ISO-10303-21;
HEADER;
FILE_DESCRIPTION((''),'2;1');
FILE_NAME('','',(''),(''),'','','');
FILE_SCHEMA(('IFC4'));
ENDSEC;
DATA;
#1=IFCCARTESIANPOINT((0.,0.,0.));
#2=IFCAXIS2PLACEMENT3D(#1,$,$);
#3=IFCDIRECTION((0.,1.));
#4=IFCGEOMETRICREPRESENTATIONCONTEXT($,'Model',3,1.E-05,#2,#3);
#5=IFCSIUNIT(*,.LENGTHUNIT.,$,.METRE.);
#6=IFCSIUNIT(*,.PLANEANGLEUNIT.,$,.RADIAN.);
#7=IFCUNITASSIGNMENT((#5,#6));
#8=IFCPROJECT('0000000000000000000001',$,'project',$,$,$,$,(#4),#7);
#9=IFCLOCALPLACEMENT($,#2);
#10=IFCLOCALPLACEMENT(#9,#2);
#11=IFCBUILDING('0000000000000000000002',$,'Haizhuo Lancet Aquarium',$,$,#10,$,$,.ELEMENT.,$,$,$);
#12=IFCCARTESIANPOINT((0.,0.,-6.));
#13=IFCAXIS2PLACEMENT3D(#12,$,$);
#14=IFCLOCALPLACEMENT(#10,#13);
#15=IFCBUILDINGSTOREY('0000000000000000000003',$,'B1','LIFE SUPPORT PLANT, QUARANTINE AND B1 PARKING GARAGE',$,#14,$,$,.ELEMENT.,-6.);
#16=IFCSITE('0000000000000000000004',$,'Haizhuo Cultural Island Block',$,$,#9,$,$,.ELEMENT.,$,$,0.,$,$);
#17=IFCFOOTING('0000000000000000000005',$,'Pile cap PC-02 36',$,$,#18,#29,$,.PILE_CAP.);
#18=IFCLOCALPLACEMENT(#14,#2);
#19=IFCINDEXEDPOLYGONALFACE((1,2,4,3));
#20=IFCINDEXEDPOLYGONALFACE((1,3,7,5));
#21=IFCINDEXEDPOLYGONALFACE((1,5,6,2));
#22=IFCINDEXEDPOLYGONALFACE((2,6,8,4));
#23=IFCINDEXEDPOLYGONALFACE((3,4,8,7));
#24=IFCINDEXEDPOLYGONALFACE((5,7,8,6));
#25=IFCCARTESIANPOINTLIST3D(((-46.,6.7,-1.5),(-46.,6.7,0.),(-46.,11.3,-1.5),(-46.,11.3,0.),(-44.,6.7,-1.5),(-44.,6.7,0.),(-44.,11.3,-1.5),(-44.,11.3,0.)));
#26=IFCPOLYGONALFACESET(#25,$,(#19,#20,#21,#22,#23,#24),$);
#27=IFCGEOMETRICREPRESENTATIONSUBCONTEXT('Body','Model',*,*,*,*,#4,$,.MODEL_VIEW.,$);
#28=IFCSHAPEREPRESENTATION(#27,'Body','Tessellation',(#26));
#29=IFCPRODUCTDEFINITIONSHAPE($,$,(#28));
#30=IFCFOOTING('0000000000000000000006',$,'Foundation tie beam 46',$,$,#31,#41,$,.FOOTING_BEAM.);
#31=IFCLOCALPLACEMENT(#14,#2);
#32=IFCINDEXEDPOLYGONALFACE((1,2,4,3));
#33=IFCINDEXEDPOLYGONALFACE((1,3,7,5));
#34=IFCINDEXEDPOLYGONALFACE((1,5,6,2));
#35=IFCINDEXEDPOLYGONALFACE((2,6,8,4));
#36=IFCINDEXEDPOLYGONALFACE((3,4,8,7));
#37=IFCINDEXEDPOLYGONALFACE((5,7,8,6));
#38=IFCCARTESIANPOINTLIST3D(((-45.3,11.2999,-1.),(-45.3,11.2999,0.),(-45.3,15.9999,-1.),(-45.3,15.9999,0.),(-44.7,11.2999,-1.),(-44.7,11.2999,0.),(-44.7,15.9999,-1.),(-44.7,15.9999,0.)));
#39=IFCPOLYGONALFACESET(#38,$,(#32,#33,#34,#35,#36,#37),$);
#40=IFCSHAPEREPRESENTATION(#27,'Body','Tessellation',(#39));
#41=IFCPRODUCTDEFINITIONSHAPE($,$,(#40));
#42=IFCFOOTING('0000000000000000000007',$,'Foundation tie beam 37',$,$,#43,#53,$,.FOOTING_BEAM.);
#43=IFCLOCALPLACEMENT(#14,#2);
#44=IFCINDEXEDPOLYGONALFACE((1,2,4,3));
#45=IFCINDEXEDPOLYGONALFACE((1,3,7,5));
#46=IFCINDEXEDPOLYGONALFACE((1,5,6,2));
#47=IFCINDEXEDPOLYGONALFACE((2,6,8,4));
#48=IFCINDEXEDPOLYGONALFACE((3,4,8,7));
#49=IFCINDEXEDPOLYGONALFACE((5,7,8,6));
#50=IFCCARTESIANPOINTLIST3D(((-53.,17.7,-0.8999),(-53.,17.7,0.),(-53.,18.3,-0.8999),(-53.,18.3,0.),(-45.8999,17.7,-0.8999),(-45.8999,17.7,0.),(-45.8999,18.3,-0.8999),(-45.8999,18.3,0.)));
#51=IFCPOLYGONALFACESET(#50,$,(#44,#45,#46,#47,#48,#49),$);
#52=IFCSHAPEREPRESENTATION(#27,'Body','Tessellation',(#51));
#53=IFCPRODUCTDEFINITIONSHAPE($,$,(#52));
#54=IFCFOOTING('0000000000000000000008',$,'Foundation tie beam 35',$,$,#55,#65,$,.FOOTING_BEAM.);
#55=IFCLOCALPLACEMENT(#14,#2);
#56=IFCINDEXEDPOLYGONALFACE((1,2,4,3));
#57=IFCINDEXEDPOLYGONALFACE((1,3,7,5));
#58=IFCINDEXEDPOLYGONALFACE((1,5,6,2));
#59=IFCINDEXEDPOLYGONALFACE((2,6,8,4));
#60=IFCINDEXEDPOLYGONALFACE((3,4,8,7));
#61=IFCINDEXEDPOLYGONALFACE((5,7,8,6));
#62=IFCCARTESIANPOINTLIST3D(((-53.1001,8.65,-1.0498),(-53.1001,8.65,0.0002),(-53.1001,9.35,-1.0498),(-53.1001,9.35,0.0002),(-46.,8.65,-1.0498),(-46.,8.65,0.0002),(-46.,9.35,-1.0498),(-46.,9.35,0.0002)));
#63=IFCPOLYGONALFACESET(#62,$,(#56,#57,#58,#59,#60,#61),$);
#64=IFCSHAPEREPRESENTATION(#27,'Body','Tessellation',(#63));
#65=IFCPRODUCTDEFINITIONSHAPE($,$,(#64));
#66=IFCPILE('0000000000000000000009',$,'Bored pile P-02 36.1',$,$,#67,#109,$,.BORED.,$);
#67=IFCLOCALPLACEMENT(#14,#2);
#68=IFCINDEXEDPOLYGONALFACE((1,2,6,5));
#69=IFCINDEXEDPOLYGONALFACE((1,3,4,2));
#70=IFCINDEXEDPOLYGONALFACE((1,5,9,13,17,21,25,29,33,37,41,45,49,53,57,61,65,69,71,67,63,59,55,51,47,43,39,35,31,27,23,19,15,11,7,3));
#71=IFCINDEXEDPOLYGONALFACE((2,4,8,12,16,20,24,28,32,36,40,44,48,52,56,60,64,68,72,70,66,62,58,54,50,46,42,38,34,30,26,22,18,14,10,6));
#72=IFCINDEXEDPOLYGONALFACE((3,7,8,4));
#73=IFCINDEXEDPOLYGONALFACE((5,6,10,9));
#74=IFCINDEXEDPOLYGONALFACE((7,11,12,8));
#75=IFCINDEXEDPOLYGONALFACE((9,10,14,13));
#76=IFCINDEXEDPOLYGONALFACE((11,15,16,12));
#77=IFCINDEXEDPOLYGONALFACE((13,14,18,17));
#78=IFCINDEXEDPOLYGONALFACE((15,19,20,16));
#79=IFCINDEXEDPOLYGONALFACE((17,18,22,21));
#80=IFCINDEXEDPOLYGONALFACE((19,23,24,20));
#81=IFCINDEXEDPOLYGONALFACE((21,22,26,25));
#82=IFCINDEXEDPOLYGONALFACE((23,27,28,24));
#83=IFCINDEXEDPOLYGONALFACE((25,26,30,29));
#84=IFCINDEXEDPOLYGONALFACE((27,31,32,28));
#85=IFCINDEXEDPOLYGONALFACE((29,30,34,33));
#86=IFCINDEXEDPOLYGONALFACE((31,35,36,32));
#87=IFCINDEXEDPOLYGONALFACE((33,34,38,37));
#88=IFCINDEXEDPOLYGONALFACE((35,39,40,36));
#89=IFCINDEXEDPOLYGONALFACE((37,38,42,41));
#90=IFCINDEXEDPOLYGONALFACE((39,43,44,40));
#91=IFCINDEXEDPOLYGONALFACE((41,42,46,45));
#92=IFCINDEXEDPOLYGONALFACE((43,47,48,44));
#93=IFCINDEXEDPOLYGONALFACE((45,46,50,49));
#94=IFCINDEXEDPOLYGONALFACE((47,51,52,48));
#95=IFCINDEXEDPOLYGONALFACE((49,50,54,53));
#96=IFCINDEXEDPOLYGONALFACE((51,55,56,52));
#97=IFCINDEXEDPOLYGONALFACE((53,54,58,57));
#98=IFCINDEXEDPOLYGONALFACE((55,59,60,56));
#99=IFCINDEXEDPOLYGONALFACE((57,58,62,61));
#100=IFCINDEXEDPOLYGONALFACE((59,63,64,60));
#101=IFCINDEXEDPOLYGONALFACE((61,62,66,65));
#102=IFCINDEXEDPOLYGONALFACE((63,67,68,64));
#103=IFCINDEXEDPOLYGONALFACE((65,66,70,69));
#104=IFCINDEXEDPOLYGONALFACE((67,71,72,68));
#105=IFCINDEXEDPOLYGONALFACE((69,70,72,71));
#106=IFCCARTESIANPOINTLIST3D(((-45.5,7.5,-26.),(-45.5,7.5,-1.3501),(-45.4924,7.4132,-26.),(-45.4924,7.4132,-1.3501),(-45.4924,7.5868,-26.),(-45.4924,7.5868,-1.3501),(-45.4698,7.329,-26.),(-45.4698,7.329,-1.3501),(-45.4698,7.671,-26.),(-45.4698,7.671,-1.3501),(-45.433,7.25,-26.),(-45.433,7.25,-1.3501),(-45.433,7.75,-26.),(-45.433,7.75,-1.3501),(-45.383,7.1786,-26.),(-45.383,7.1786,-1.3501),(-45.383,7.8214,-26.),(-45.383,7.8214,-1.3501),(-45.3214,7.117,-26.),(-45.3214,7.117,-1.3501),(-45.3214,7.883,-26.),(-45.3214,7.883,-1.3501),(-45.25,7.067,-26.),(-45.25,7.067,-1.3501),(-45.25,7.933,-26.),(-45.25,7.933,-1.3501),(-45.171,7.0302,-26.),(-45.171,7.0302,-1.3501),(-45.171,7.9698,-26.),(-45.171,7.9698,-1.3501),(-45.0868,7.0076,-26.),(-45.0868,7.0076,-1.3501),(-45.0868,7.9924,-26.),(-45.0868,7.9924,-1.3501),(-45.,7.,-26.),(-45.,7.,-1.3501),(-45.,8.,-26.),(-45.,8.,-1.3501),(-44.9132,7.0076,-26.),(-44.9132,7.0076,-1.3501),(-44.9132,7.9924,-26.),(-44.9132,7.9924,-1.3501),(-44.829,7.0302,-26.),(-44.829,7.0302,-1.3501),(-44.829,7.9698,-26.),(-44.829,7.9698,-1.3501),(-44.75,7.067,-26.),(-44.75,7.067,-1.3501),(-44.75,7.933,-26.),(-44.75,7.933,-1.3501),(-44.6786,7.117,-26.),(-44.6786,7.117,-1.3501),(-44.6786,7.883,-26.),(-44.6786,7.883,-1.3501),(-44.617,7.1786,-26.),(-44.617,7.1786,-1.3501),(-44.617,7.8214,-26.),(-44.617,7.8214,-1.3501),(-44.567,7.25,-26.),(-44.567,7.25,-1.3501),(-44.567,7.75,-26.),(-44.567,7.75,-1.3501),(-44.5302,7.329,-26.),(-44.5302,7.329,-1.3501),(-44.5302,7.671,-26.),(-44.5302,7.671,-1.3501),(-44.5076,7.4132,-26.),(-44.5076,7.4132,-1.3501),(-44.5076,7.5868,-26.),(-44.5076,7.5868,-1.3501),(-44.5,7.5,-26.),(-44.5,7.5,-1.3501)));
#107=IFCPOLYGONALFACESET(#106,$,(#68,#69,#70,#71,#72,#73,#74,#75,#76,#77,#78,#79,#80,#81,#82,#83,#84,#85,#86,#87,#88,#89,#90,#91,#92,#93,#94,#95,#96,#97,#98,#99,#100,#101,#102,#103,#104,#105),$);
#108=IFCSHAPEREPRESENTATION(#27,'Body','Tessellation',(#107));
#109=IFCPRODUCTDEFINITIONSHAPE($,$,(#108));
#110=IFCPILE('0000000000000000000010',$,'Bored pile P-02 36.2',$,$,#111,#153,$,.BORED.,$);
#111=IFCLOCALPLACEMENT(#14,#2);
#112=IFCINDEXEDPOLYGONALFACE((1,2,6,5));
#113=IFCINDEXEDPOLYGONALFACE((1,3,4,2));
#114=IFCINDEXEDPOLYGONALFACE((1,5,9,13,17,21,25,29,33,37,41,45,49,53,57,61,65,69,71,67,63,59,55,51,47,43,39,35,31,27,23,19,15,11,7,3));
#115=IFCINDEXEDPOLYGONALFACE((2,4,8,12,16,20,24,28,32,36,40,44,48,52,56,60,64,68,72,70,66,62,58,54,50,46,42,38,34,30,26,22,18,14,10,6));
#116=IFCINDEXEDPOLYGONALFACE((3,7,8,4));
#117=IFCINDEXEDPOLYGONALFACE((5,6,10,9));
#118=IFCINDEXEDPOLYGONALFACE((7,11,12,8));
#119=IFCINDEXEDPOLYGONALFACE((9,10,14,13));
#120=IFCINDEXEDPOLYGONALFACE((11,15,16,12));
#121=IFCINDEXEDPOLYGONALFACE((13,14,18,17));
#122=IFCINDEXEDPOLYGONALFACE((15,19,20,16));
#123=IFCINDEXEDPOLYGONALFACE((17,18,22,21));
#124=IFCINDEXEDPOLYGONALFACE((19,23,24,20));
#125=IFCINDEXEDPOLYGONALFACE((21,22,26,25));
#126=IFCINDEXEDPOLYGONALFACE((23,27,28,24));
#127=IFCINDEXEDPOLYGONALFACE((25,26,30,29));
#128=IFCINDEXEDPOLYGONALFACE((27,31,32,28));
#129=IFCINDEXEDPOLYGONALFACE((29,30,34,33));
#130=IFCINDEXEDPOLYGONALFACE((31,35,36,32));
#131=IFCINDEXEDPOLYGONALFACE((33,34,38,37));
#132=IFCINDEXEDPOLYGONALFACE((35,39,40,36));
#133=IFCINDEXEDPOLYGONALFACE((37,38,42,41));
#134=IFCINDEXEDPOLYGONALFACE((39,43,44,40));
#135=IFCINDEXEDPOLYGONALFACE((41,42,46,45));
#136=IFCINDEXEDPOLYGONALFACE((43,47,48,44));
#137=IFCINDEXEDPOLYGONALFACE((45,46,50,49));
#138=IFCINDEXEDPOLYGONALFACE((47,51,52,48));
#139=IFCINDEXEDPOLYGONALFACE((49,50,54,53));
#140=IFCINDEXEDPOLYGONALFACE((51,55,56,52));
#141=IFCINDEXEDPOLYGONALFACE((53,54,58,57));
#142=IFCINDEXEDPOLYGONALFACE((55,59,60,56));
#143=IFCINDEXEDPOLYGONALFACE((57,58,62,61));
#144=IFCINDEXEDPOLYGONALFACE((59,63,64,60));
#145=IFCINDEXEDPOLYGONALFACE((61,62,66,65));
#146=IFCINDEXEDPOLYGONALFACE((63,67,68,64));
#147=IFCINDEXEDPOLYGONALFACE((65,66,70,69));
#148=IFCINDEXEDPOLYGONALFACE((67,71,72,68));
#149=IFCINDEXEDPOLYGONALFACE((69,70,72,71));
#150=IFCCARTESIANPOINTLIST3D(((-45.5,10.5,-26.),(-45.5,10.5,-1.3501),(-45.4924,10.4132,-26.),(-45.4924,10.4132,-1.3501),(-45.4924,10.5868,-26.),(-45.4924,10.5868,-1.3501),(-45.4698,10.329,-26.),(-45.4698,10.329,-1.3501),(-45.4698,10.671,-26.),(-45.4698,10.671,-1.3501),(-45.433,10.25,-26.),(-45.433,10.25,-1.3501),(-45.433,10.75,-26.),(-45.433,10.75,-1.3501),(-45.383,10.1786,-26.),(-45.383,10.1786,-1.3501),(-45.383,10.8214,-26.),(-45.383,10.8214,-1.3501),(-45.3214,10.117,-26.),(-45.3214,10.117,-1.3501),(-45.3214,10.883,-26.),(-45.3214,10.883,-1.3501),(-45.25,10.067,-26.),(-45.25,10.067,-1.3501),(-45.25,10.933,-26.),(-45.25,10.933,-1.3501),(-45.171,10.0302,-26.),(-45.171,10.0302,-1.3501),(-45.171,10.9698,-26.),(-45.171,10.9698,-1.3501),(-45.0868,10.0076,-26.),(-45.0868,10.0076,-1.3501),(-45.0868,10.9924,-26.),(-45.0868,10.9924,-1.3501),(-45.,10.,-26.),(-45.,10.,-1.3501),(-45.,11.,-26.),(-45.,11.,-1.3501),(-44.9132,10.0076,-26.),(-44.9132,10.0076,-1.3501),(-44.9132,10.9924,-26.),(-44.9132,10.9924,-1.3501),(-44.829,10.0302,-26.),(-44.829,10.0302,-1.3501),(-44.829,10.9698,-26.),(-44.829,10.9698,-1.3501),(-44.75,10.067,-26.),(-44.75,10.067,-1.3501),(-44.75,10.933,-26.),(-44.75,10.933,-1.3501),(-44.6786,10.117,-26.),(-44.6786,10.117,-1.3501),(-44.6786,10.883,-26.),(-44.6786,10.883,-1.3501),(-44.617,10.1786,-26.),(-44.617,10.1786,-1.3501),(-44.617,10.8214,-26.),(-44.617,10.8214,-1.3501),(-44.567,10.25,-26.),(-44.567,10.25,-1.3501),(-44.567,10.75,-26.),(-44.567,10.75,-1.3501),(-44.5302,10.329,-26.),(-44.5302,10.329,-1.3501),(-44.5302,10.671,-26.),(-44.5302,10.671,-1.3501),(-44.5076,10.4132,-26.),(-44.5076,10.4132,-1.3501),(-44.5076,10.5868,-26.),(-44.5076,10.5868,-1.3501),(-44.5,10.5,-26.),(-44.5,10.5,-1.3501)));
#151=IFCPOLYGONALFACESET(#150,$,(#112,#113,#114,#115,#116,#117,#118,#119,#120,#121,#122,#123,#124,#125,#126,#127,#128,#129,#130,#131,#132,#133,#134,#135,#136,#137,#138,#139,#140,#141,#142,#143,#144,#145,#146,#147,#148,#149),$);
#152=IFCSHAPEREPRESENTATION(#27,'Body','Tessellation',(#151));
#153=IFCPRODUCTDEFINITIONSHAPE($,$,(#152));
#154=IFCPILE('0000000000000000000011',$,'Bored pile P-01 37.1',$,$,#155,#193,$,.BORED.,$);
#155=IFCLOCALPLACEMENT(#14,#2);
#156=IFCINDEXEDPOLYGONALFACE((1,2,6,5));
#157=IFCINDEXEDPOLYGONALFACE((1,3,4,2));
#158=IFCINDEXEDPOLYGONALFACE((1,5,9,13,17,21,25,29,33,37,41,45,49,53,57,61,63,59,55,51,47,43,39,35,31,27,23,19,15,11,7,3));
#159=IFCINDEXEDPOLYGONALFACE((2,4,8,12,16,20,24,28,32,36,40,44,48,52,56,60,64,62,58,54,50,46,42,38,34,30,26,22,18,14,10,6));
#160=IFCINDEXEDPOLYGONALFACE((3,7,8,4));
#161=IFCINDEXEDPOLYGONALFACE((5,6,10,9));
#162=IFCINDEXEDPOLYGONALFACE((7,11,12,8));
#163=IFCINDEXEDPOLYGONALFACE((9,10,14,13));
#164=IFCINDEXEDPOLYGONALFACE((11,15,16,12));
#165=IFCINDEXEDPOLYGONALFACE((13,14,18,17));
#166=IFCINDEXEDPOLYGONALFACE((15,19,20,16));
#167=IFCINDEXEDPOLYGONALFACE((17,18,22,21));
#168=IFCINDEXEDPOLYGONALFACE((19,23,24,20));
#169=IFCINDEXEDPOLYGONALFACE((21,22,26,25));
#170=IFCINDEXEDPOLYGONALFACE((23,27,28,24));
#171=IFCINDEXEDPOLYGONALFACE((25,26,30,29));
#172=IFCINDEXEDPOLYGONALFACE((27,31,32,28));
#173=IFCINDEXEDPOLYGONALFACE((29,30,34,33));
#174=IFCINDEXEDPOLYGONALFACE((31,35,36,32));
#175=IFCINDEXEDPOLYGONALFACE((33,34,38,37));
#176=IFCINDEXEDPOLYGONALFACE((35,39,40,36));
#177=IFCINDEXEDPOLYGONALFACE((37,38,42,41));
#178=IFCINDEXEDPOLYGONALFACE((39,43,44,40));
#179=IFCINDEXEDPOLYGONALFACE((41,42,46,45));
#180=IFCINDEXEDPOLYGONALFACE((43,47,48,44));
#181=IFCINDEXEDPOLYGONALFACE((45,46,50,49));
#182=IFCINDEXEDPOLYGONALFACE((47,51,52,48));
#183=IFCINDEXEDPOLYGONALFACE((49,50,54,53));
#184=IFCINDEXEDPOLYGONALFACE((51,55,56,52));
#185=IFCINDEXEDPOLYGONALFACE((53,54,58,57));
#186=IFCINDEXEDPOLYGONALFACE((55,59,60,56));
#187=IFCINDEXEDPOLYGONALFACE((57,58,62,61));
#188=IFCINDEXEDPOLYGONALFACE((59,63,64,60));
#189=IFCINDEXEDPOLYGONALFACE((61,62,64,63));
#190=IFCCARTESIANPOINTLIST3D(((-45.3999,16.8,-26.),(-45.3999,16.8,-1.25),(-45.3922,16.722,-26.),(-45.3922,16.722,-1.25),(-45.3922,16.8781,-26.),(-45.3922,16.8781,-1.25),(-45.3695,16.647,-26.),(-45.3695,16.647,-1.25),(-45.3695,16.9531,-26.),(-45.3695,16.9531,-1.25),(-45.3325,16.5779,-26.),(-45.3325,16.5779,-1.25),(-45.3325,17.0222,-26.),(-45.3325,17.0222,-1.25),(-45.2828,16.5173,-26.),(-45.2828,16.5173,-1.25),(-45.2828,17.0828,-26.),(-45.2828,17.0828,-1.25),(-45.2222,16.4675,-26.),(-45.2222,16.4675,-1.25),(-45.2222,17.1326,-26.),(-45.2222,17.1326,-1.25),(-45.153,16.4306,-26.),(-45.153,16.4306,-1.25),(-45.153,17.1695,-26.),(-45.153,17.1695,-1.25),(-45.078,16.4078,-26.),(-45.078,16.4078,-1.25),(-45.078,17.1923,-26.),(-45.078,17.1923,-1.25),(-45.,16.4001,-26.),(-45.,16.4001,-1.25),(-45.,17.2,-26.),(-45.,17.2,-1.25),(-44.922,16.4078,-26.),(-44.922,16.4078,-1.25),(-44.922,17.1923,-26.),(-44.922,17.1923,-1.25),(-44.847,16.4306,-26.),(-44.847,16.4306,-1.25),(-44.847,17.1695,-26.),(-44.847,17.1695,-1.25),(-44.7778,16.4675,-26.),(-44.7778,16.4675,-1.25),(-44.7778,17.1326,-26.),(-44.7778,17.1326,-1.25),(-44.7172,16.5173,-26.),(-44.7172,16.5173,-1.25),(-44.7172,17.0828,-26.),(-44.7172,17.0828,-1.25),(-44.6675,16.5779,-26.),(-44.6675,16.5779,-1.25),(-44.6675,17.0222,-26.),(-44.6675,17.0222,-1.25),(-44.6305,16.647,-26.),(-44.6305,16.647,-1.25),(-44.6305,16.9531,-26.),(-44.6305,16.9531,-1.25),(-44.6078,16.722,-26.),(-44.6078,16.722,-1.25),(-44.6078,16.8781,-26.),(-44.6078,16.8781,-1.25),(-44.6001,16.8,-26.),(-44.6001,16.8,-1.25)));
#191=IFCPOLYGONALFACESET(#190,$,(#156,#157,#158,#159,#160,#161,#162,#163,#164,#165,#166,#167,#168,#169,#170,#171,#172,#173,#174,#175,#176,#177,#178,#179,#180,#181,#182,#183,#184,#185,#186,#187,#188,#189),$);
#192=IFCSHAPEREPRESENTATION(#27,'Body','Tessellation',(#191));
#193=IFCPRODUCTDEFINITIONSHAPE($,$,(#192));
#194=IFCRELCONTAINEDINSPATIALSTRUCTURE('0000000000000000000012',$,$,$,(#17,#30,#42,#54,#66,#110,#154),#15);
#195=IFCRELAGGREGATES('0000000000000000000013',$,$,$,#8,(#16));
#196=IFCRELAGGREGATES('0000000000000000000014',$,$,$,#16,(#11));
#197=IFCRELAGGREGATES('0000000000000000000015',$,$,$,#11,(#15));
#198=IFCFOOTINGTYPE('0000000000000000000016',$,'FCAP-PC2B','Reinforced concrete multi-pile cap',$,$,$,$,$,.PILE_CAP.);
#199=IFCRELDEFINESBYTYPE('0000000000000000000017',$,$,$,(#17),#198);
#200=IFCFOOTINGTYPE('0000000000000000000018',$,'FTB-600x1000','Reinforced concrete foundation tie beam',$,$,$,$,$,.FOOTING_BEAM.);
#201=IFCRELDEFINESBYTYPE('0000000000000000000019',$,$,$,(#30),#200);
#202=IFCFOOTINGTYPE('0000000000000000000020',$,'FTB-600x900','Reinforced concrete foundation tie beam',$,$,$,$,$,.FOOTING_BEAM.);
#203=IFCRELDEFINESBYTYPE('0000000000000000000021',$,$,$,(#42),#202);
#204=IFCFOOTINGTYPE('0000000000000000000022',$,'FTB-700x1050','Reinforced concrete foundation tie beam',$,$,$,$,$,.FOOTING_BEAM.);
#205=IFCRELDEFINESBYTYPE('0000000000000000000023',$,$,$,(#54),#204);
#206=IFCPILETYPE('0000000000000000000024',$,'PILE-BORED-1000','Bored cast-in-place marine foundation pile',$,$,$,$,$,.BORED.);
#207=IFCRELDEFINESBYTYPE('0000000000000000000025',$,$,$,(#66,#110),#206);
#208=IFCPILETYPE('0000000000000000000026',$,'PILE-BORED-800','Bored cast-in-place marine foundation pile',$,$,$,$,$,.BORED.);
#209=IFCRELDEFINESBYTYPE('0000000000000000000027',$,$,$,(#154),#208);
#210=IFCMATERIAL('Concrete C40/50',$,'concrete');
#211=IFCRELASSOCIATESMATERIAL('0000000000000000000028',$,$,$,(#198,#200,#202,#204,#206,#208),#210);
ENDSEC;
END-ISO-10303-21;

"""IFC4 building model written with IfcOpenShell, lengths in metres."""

from ifc_helpers import new_model, si_unit, direction, frame, origin, origin_2d, place, context, subcontext, project, spatial, rectangle, circle, extrude, material, material_profile, profile_set, type_object, element, save


model = new_model("IFC4")

# Units and contexts
model_context = context("Model", 3, precision=1e-05, world=origin(), true_north=direction((0.0, 1.0)))
body_context = subcontext(model_context, "Body", "Model", "MODEL_VIEW")
ifc_project = project(units=[si_unit("LENGTHUNIT", "METRE"), si_unit("PLANEANGLEUNIT", "RADIAN")], contexts=[model_context])

# Site, building, storey
site_placement = place(None, origin())
site = spatial("IfcSite", under=ifc_project, at=site_placement, Name="Haizhuo Cultural Island Block", CompositionType="ELEMENT", RefElevation=0.0)
building_placement = place(site_placement, origin())
building = spatial("IfcBuilding", under=site, at=building_placement, Name="Haizhuo Lancet Aquarium", CompositionType="ELEMENT")
storey_placement = place(building_placement, frame((0.0, 0.0, -6.0)))
storey = spatial("IfcBuildingStorey", under=building, at=storey_placement, Name="B1", Description="LIFE SUPPORT PLANT, QUARANTINE AND B1 PARKING GARAGE", CompositionType="ELEMENT", Elevation=-6.0)

# Footings
ifc_material_1 = material(Name="Concrete C40/50", Category="concrete")
footing_type_1 = type_object("IfcFootingType", Name="FCAP-PC2B", Description="Reinforced concrete multi-pile cap", PredefinedType="PILE_CAP", material=ifc_material_1)
footing_1_placement = place(storey_placement, frame((-45.0, 9.0, -1.5), z_axis=(0.0, 0.0, 1.0), x_axis=(1.0, 0.0, 0.0)))
element("IfcFooting", 1, at=footing_1_placement, inside=storey, type_object=footing_type_1, Name="Pile cap PC-02 36", PredefinedType="PILE_CAP", context=body_context, shape_type="SweptSolid", body=[
    extrude(rectangle(XDim=2.0, YDim=4.6001, at=origin_2d()), origin(), (0.0, 0.0, 1.0), 1.5),
])
footing_type_2 = type_object("IfcFootingType", Name="FTB-600x1000", Description="Reinforced concrete foundation tie beam", PredefinedType="FOOTING_BEAM", material=ifc_material_1)
footing_2_placement = place(storey_placement, frame((-45.0, 13.6499, -1.0), z_axis=(0.0, 0.0, 1.0), x_axis=(0.0, 1.0, 0.0)))
element("IfcFooting", 2, at=footing_2_placement, inside=storey, type_object=footing_type_2, Name="Foundation tie beam 46", PredefinedType="FOOTING_BEAM", context=body_context, shape_type="SweptSolid", body=[
    extrude(rectangle(XDim=4.7, YDim=0.6001, at=origin_2d()), origin(), (0.0, 0.0, 1.0), 1.0),
])
footing_type_3 = type_object("IfcFootingType", Name="FTB-600x900", Description="Reinforced concrete foundation tie beam", PredefinedType="FOOTING_BEAM", material=ifc_material_1)
footing_3_placement = place(storey_placement, frame((-49.45, 18.0, -0.8999), z_axis=(0.0, 0.0, 1.0), x_axis=(1.0, 0.0, 0.0)))
element("IfcFooting", 3, at=footing_3_placement, inside=storey, type_object=footing_type_3, Name="Foundation tie beam 37", PredefinedType="FOOTING_BEAM", context=body_context, shape_type="SweptSolid", body=[
    extrude(rectangle(XDim=7.1001, YDim=0.6001, at=origin_2d()), origin(), (0.0, 0.0, 1.0), 0.8999),
])
footing_type_4 = type_object("IfcFootingType", Name="FTB-700x1050", Description="Reinforced concrete foundation tie beam", PredefinedType="FOOTING_BEAM", material=ifc_material_1)
footing_4_placement = place(storey_placement, frame((-49.55, 9.0, -1.0498), z_axis=(0.0, 0.0, 1.0), x_axis=(1.0, 0.0, 0.0)))
element("IfcFooting", 4, at=footing_4_placement, inside=storey, type_object=footing_type_4, Name="Foundation tie beam 35", PredefinedType="FOOTING_BEAM", context=body_context, shape_type="SweptSolid", body=[
    extrude(rectangle(XDim=7.1001, YDim=0.7, at=origin_2d()), origin(), (0.0, 0.0, 1.0), 1.05),
])

# Piles
ifc_material_profile_1 = material_profile(ifc_material_1, circle(Radius=0.5, at=origin_2d()), Name="PILE-1000")
ifc_profile_set_1 = profile_set([ifc_material_profile_1], Name="Concrete C40/50")
pile_type_1 = type_object("IfcPileType", Name="PILE-BORED-1000", Description="Bored cast-in-place marine foundation pile", PredefinedType="BORED", material=ifc_profile_set_1)
for number, where, z_axis, x_axis, name in (
    (5, (-45.0, 7.5, -1.3501), (0.0, 0.0, -1.0), (1.0, 0.0, 0.0), "Bored pile P-02 36.1"),
    (6, (-45.0, 10.5, -1.3501), (0.0, 0.0, -1.0), (1.0, 0.0, 0.0), "Bored pile P-02 36.2"),
):
    element("IfcPile", number, at=place(storey_placement, frame(where, z_axis=z_axis, x_axis=x_axis)), inside=storey, type_object=pile_type_1, Name=name, PredefinedType="BORED", context=body_context, shape_type="SweptSolid", body=[
        extrude(circle(Radius=0.5, at=origin_2d()), origin(), (0.0, 0.0, 1.0), 24.6499),
    ])
ifc_material_profile_2 = material_profile(ifc_material_1, circle(Radius=0.3999, at=origin_2d()), Name="PILE-800")
ifc_profile_set_2 = profile_set([ifc_material_profile_2], Name="Concrete C40/50")
pile_type_2 = type_object("IfcPileType", Name="PILE-BORED-800", Description="Bored cast-in-place marine foundation pile", PredefinedType="BORED", material=ifc_profile_set_2)
pile_placement = place(storey_placement, frame((-45.0, 16.8, -1.25), z_axis=(0.0, 0.0, -1.0), x_axis=(1.0, 0.0, 0.0)))
element("IfcPile", 7, at=pile_placement, inside=storey, type_object=pile_type_2, Name="Bored pile P-01 37.1", PredefinedType="BORED", context=body_context, shape_type="SweptSolid", body=[
    extrude(circle(Radius=0.3999, at=origin_2d()), origin(), (0.0, 0.0, 1.0), 24.75),
])

save(model, "model.ifc")
